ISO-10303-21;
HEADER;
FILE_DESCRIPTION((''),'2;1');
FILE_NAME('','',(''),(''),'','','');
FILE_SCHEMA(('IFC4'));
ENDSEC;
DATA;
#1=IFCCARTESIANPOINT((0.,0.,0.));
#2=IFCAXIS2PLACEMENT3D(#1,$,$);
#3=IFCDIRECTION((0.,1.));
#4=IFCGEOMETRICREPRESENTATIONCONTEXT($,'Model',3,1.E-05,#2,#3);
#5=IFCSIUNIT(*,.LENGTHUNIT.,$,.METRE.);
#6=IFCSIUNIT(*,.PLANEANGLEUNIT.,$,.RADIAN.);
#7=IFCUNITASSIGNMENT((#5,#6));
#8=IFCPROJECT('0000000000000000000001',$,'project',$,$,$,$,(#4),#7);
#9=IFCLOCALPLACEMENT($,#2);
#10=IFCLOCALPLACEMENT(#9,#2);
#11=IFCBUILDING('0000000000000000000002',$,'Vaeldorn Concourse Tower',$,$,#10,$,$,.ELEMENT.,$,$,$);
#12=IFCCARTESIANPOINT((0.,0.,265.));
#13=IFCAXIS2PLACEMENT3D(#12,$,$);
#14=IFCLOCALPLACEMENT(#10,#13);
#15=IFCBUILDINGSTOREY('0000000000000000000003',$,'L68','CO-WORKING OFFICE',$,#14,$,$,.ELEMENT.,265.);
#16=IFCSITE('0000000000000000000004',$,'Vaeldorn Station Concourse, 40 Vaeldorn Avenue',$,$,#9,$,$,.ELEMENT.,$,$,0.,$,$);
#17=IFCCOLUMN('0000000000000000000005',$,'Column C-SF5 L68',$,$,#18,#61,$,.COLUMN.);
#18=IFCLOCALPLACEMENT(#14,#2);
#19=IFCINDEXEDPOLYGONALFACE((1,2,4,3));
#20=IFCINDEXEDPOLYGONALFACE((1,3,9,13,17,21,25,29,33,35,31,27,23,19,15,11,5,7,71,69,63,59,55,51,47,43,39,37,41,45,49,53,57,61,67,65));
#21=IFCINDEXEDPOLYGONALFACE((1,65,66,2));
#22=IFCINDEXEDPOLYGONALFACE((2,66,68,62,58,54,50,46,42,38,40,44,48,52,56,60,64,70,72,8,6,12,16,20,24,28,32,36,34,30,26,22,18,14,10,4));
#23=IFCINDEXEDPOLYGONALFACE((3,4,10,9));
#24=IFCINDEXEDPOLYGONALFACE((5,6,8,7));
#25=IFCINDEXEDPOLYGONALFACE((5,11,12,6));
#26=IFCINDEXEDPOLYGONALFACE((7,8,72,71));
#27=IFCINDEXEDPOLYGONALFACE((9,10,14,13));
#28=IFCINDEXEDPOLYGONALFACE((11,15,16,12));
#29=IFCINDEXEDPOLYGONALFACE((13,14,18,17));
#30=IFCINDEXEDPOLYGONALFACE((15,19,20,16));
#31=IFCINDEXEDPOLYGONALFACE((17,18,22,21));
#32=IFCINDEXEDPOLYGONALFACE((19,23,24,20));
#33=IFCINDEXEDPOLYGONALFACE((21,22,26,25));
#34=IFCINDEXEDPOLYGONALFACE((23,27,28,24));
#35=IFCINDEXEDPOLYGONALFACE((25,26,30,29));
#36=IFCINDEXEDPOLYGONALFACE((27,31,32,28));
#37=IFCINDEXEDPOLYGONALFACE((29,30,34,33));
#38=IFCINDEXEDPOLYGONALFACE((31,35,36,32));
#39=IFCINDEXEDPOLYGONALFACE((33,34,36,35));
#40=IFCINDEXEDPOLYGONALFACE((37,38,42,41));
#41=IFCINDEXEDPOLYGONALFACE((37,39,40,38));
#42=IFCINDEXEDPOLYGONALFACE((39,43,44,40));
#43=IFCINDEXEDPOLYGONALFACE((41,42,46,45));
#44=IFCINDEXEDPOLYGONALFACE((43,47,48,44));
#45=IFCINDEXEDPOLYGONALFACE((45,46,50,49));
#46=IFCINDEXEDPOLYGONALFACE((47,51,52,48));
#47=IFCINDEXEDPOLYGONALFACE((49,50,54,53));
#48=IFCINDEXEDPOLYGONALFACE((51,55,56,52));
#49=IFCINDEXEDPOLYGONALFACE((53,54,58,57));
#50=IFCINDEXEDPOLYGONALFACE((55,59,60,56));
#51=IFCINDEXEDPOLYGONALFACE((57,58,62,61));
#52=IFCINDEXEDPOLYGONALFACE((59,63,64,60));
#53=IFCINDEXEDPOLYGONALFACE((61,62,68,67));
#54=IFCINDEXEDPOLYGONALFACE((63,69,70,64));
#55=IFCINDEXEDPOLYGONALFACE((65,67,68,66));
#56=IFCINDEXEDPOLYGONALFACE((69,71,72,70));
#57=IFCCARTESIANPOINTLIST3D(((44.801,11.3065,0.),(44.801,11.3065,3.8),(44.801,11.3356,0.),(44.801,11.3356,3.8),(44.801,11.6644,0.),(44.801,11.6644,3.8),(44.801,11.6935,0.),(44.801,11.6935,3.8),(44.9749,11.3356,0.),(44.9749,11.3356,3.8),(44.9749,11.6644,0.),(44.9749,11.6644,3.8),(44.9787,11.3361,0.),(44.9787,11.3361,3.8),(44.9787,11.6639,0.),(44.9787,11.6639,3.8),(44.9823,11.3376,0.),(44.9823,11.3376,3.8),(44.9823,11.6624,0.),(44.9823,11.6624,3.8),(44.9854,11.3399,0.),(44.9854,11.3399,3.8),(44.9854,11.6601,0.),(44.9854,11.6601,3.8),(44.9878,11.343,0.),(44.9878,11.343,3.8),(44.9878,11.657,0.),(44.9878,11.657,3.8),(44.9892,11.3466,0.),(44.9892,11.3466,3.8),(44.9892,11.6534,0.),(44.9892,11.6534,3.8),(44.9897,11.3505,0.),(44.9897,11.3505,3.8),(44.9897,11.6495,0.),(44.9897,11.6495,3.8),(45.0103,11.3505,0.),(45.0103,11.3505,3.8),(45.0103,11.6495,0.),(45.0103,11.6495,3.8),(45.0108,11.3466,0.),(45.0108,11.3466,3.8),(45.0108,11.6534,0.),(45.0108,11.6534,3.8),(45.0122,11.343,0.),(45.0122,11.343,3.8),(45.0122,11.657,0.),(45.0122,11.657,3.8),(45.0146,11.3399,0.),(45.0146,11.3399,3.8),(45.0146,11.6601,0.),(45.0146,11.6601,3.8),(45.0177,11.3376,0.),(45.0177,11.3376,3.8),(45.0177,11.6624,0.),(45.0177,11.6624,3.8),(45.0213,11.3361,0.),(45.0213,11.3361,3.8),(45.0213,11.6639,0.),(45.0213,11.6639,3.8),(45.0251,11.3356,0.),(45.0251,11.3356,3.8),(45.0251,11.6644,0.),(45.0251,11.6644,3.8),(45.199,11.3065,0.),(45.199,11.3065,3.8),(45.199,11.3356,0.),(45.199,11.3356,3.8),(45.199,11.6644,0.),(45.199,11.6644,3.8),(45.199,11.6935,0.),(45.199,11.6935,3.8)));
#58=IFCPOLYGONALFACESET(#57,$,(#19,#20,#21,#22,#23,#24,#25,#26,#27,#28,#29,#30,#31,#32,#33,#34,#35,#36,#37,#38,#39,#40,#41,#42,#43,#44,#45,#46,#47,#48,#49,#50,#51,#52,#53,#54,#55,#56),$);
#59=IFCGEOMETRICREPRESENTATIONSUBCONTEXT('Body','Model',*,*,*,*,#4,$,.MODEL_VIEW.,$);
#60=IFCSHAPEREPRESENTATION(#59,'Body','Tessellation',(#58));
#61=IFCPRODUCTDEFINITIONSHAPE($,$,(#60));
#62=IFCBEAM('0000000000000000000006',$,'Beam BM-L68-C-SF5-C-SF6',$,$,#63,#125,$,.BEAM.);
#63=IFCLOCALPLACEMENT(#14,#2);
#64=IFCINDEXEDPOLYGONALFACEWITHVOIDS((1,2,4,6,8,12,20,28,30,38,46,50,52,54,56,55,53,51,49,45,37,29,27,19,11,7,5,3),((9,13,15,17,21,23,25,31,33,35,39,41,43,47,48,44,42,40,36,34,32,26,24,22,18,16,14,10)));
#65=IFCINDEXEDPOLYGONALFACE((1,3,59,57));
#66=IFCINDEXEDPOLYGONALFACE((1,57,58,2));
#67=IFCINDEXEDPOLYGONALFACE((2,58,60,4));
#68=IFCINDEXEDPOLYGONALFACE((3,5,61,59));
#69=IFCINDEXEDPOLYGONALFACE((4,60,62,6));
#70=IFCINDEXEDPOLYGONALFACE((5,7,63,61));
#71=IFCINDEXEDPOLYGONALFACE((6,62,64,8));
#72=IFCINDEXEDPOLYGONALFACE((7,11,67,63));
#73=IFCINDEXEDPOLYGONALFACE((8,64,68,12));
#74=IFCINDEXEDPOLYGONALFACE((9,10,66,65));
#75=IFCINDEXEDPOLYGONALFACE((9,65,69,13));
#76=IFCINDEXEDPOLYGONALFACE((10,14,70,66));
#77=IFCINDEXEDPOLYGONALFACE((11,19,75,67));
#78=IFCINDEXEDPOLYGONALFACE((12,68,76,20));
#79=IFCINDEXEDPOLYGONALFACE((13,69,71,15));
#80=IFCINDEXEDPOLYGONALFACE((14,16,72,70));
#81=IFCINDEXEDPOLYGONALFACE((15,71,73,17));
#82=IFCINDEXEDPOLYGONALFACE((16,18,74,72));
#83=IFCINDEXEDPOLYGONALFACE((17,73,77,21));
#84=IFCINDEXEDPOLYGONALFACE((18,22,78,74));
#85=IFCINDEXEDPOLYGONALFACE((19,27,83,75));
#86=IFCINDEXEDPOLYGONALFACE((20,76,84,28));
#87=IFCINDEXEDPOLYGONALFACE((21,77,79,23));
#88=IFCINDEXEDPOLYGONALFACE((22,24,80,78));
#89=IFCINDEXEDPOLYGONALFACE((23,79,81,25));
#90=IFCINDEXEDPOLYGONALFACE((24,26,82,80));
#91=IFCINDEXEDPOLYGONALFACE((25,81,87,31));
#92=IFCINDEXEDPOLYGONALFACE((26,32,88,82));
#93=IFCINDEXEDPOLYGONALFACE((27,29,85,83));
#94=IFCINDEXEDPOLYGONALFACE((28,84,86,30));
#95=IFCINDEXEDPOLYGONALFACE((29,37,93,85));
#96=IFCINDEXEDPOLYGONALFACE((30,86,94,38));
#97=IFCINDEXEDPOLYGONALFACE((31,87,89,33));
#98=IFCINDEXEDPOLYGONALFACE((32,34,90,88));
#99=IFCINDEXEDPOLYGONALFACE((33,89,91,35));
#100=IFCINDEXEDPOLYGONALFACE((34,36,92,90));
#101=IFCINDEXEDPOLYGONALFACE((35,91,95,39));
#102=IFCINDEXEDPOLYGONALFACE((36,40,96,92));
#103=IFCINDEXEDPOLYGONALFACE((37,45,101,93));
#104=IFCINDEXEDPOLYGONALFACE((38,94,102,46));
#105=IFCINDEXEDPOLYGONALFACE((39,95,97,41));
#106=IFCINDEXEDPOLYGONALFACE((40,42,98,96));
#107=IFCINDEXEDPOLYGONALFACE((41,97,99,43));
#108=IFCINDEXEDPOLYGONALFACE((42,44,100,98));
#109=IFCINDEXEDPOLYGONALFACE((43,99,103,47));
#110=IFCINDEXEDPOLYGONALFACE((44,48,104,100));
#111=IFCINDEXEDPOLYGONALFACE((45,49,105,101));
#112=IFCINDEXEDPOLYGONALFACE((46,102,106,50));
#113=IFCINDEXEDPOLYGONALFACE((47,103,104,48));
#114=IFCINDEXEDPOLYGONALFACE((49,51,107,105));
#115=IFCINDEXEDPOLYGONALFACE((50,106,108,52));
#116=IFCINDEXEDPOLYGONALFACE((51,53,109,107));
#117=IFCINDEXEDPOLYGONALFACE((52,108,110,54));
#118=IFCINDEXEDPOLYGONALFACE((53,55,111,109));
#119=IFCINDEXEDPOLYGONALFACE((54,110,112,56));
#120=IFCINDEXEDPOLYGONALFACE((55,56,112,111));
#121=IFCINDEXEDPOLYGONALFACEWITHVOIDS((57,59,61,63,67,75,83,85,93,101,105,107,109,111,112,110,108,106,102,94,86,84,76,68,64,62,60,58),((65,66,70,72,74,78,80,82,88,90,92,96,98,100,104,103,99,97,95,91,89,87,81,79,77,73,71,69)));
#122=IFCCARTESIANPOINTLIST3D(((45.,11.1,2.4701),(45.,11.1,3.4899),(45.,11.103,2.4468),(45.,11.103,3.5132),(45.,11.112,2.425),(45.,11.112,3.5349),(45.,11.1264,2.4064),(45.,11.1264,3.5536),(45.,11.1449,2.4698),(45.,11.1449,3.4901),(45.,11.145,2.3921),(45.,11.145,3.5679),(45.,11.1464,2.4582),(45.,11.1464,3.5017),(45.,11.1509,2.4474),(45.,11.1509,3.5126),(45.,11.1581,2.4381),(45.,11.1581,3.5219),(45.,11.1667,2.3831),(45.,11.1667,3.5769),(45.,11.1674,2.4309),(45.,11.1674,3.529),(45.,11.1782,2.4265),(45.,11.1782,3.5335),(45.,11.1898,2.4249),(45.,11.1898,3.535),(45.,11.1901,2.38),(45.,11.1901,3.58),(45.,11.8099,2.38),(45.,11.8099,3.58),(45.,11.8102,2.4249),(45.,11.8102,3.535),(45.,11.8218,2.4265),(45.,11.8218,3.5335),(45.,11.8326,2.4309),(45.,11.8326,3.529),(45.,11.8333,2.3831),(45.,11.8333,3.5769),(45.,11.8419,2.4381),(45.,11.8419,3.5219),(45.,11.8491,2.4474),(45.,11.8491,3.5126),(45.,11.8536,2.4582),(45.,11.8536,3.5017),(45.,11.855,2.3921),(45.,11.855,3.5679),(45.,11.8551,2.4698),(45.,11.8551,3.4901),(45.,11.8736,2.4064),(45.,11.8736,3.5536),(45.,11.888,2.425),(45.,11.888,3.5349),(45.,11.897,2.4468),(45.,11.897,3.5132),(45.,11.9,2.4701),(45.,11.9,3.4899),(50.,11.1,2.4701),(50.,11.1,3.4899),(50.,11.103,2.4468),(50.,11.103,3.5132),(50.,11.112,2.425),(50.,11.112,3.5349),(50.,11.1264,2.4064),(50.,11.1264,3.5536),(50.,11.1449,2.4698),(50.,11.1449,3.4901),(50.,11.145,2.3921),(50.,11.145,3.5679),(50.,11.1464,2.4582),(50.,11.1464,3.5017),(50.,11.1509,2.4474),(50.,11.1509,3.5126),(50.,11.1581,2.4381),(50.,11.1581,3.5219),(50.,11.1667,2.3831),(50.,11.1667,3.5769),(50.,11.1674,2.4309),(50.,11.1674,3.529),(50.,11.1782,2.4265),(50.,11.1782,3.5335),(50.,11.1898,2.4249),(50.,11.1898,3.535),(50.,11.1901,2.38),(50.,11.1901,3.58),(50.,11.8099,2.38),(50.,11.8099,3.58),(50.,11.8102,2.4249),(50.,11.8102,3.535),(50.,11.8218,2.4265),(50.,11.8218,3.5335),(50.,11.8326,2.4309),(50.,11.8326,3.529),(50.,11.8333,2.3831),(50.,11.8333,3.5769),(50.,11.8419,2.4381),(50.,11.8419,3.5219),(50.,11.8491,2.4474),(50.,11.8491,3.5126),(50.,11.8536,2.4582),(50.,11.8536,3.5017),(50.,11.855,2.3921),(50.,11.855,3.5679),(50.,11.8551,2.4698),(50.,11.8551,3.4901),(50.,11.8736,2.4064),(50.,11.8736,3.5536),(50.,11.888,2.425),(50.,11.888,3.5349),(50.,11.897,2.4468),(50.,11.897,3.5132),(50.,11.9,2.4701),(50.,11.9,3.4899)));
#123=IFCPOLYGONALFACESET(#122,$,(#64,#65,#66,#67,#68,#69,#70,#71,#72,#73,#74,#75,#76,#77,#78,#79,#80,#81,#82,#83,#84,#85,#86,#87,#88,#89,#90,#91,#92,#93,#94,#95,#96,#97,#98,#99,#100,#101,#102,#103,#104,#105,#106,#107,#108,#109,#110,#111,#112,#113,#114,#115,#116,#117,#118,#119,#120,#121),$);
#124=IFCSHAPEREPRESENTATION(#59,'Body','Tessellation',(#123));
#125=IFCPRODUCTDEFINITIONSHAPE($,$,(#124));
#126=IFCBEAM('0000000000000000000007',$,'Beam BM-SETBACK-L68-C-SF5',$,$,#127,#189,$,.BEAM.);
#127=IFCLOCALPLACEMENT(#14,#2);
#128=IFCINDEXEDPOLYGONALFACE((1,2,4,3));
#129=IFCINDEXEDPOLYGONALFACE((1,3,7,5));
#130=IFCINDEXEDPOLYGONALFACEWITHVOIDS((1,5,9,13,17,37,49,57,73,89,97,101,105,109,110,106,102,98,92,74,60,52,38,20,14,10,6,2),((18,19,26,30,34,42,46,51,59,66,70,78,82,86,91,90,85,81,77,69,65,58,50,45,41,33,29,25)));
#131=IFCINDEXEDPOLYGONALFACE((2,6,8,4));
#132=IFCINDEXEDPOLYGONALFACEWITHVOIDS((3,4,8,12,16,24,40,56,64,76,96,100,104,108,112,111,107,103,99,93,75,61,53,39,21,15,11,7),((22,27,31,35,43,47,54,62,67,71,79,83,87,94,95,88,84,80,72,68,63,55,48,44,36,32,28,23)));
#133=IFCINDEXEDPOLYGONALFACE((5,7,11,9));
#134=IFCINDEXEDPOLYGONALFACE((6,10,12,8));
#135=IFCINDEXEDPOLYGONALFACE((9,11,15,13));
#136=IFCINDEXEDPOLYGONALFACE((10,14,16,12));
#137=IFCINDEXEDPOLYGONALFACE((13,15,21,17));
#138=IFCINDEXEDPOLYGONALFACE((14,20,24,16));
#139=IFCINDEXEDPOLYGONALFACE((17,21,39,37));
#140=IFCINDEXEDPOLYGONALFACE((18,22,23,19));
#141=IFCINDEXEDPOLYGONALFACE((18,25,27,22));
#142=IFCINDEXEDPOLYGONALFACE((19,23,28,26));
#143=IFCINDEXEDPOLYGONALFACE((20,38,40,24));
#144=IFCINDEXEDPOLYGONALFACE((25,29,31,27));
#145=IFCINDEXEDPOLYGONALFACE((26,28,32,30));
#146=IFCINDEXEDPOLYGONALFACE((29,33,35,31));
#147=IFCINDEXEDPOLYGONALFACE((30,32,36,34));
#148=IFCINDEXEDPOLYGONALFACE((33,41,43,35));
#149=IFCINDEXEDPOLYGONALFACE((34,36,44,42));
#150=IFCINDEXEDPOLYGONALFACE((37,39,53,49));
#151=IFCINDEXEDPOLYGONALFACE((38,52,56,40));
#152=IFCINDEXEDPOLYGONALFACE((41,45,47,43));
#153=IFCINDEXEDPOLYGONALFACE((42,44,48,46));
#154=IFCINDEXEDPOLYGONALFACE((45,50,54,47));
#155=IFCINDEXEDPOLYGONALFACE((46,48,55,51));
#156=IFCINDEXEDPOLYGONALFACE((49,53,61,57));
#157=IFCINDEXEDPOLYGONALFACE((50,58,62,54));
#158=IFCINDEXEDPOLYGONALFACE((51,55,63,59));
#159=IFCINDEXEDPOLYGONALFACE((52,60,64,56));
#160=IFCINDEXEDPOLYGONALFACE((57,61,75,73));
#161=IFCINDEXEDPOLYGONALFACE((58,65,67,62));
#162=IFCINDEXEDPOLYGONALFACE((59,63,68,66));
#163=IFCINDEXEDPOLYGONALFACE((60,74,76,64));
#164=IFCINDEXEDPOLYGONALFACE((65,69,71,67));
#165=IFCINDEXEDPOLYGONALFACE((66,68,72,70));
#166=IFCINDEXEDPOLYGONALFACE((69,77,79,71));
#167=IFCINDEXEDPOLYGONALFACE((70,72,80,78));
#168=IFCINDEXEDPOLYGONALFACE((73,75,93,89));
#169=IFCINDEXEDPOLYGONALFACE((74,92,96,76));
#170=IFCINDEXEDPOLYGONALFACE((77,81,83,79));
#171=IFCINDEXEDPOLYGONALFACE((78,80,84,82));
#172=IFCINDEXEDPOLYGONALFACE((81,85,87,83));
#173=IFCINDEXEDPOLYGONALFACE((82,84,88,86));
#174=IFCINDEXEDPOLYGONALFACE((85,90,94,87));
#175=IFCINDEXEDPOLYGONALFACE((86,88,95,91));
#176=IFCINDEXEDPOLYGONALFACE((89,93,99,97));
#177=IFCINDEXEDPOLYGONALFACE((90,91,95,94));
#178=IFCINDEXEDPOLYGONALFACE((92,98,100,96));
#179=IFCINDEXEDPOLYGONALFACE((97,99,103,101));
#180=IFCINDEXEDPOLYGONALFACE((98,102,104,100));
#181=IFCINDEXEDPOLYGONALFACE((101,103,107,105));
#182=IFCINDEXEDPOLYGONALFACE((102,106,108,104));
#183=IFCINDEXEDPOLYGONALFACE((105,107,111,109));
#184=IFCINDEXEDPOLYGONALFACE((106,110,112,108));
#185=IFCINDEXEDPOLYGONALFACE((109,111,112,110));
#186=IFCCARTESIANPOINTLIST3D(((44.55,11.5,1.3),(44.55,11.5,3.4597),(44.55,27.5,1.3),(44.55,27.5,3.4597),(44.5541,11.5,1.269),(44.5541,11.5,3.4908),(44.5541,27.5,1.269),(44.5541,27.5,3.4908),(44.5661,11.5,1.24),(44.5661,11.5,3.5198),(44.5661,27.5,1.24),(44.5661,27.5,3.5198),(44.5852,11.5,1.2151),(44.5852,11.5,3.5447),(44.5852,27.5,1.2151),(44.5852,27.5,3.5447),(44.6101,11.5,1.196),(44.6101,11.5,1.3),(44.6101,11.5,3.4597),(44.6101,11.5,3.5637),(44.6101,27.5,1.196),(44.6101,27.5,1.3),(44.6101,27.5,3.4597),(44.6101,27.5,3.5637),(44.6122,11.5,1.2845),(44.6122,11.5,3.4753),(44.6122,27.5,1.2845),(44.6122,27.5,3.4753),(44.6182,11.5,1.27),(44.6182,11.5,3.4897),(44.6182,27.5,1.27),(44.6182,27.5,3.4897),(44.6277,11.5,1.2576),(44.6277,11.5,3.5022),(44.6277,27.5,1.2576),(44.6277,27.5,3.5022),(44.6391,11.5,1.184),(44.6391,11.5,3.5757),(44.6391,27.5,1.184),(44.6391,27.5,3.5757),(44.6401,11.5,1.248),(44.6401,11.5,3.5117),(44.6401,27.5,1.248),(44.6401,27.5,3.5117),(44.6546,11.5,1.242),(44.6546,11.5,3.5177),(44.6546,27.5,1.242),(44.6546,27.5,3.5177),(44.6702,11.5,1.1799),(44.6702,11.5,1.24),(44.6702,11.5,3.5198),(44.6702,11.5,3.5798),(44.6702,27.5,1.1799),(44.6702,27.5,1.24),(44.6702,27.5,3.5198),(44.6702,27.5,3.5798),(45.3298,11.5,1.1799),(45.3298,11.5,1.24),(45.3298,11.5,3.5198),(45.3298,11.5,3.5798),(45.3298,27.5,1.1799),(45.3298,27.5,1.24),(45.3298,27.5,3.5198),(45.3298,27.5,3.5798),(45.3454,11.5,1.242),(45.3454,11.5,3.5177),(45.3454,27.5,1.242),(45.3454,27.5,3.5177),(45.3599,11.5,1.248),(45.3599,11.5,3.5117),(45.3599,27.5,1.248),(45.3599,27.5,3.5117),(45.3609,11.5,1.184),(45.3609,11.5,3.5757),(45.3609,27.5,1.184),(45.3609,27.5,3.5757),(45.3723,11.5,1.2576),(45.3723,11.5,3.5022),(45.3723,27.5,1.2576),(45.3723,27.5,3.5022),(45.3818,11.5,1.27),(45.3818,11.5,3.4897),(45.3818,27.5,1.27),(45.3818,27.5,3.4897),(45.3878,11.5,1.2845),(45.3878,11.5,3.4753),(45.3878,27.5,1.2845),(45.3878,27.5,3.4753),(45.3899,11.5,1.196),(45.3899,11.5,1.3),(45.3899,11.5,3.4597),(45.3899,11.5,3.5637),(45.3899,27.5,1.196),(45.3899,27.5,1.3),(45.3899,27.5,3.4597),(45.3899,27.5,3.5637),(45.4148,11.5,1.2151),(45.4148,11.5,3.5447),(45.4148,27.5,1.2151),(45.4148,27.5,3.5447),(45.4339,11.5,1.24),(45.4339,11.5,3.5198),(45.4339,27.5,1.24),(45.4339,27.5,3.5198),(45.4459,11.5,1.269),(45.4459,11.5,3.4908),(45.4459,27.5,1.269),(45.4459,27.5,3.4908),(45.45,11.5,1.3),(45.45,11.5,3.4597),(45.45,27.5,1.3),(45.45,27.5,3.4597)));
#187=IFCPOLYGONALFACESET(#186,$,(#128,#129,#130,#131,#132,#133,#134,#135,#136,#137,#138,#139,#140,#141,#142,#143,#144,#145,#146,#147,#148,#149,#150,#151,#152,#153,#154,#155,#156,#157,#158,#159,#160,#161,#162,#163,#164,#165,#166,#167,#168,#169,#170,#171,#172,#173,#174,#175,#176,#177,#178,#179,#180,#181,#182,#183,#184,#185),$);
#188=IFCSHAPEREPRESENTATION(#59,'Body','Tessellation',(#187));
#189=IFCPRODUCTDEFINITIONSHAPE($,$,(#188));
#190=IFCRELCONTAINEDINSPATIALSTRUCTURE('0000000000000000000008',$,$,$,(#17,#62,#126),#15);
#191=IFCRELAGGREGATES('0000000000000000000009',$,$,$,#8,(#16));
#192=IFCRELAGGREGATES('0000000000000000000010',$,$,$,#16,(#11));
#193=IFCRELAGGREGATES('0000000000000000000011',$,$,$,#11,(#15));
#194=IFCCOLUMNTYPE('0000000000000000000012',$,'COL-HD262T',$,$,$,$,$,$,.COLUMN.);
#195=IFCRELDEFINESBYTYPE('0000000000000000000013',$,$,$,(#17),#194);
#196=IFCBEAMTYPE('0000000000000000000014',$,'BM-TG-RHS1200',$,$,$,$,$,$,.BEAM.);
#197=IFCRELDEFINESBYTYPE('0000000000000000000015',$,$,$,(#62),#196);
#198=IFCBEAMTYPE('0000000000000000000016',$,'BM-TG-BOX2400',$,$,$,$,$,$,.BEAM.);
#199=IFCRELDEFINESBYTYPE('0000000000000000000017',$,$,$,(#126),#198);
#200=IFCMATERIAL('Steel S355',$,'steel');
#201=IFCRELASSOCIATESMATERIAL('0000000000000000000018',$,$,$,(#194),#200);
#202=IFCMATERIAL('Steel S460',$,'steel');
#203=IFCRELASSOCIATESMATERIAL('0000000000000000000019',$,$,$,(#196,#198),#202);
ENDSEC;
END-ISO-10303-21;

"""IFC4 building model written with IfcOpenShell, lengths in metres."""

from ifc_helpers import new_model, si_unit, direction, frame, origin, origin_2d, place, context, subcontext, project, spatial, hollow_rectangle, i_section, extrude, source, transform, mapped, material, material_profile, profile_set, type_object, element, save


model = new_model("IFC4")

# Units and contexts
model_context = context("Model", 3, precision=1e-05, world=origin(), true_north=direction((0.0, 1.0)))
body_context = subcontext(model_context, "Body", "Model", "MODEL_VIEW")
ifc_project = project(units=[si_unit("LENGTHUNIT", "METRE"), si_unit("PLANEANGLEUNIT", "RADIAN")], contexts=[model_context])

# Site, building, storey
site_placement = place(None, origin())
site = spatial("IfcSite", under=ifc_project, at=site_placement, Name="Vaeldorn Station Concourse, 40 Vaeldorn Avenue", CompositionType="ELEMENT", RefElevation=0.0)
building_placement = place(site_placement, origin())
building = spatial("IfcBuilding", under=site, at=building_placement, Name="Vaeldorn Concourse Tower", CompositionType="ELEMENT")
storey_placement = place(building_placement, frame((0.0, 0.0, 265.0)))
storey = spatial("IfcBuildingStorey", under=building, at=storey_placement, Name="L68", Description="CO-WORKING OFFICE", CompositionType="ELEMENT", Elevation=265.0)

# Column
ifc_material_1 = material(Name="Steel S355", Category="steel")
ifc_material_profile_1 = material_profile(ifc_material_1, i_section(OverallWidth=0.3979, OverallDepth=0.387, WebThickness=0.0205, FlangeThickness=0.0291, FilletRadius=0.0149, at=origin_2d()), Name="HD 400x262")
ifc_profile_set_1 = profile_set([ifc_material_profile_1], Name="Steel S355")
column_type = type_object("IfcColumnType", Name="COL-HD262T", PredefinedType="COLUMN", material=ifc_profile_set_1)
shared_shape_1 = source(origin(), body_context, "Body", "SweptSolid", [
    extrude(i_section(OverallWidth=0.3979, OverallDepth=0.387, WebThickness=0.0205, FlangeThickness=0.0291, FilletRadius=0.0149, at=origin_2d()), origin(), (0.0, 0.0, 1.0), 3.8),
])
column_placement = place(storey_placement, frame((45.0, 11.5, 0.0), z_axis=(0.0, 0.0, 1.0), x_axis=(1.0, 0.0, 0.0)))
element("IfcColumn", 1, at=column_placement, inside=storey, type_object=column_type, Name="Column C-SF5 L68", PredefinedType="COLUMN", context=body_context, shape_type="MappedRepresentation", body=[
    mapped(shared_shape_1, transform((0.0, 0.0, 0.0), scale=1.0)),
])

# Beams
ifc_material_2 = material(Name="Steel S460", Category="steel")
ifc_material_profile_2 = material_profile(ifc_material_2, hollow_rectangle(XDim=0.8, YDim=1.2, WallThickness=0.0449, InnerFilletRadius=0.0449, OuterFilletRadius=0.0901, at=origin_2d()), Name="RHS 1200x800x45")
ifc_profile_set_2 = profile_set([ifc_material_profile_2], Name="Steel S460")
beam_type_1 = type_object("IfcBeamType", Name="BM-TG-RHS1200", PredefinedType="BEAM", material=ifc_profile_set_2)
shared_shape_2 = source(origin(), body_context, "Body", "SweptSolid", [
    extrude(hollow_rectangle(XDim=0.8, YDim=1.2, WallThickness=0.0449, InnerFilletRadius=0.0449, OuterFilletRadius=0.0901, at=origin_2d()), origin(), (0.0, 0.0, 1.0), 5.0),
])
beam_1_placement = place(storey_placement, frame((45.0, 11.5, 2.98), z_axis=(1.0, 0.0, 0.0), x_axis=(0.0, 1.0, 0.0)))
element("IfcBeam", 2, at=beam_1_placement, inside=storey, type_object=beam_type_1, Name="Beam BM-L68-C-SF5-C-SF6", PredefinedType="BEAM", context=body_context, shape_type="MappedRepresentation", body=[
    mapped(shared_shape_2, transform((0.0, 0.0, 0.0), scale=1.0)),
])
ifc_material_profile_3 = material_profile(ifc_material_2, hollow_rectangle(XDim=0.8999, YDim=2.3999, WallThickness=0.0601, InnerFilletRadius=0.0601, OuterFilletRadius=0.1201, at=origin_2d()), Name="RHS 2400x900x60")
ifc_profile_set_3 = profile_set([ifc_material_profile_3], Name="Steel S460")
beam_type_2 = type_object("IfcBeamType", Name="BM-TG-BOX2400", PredefinedType="BEAM", material=ifc_profile_set_3)
shared_shape_3 = source(origin(), body_context, "Body", "SweptSolid", [
    extrude(hollow_rectangle(XDim=0.8999, YDim=2.3999, WallThickness=0.0601, InnerFilletRadius=0.0601, OuterFilletRadius=0.1201, at=origin_2d()), origin(), (0.0, 0.0, 1.0), 16.0),
])
beam_2_placement = place(storey_placement, frame((45.0, 11.5, 2.3799), z_axis=(0.0, 1.0, 0.0), x_axis=(-1.0, 0.0, 0.0)))
element("IfcBeam", 3, at=beam_2_placement, inside=storey, type_object=beam_type_2, Name="Beam BM-SETBACK-L68-C-SF5", PredefinedType="BEAM", context=body_context, shape_type="MappedRepresentation", body=[
    mapped(shared_shape_3, transform((0.0, 0.0, 0.0), scale=1.0)),
])

save(model, "model.ifc")
